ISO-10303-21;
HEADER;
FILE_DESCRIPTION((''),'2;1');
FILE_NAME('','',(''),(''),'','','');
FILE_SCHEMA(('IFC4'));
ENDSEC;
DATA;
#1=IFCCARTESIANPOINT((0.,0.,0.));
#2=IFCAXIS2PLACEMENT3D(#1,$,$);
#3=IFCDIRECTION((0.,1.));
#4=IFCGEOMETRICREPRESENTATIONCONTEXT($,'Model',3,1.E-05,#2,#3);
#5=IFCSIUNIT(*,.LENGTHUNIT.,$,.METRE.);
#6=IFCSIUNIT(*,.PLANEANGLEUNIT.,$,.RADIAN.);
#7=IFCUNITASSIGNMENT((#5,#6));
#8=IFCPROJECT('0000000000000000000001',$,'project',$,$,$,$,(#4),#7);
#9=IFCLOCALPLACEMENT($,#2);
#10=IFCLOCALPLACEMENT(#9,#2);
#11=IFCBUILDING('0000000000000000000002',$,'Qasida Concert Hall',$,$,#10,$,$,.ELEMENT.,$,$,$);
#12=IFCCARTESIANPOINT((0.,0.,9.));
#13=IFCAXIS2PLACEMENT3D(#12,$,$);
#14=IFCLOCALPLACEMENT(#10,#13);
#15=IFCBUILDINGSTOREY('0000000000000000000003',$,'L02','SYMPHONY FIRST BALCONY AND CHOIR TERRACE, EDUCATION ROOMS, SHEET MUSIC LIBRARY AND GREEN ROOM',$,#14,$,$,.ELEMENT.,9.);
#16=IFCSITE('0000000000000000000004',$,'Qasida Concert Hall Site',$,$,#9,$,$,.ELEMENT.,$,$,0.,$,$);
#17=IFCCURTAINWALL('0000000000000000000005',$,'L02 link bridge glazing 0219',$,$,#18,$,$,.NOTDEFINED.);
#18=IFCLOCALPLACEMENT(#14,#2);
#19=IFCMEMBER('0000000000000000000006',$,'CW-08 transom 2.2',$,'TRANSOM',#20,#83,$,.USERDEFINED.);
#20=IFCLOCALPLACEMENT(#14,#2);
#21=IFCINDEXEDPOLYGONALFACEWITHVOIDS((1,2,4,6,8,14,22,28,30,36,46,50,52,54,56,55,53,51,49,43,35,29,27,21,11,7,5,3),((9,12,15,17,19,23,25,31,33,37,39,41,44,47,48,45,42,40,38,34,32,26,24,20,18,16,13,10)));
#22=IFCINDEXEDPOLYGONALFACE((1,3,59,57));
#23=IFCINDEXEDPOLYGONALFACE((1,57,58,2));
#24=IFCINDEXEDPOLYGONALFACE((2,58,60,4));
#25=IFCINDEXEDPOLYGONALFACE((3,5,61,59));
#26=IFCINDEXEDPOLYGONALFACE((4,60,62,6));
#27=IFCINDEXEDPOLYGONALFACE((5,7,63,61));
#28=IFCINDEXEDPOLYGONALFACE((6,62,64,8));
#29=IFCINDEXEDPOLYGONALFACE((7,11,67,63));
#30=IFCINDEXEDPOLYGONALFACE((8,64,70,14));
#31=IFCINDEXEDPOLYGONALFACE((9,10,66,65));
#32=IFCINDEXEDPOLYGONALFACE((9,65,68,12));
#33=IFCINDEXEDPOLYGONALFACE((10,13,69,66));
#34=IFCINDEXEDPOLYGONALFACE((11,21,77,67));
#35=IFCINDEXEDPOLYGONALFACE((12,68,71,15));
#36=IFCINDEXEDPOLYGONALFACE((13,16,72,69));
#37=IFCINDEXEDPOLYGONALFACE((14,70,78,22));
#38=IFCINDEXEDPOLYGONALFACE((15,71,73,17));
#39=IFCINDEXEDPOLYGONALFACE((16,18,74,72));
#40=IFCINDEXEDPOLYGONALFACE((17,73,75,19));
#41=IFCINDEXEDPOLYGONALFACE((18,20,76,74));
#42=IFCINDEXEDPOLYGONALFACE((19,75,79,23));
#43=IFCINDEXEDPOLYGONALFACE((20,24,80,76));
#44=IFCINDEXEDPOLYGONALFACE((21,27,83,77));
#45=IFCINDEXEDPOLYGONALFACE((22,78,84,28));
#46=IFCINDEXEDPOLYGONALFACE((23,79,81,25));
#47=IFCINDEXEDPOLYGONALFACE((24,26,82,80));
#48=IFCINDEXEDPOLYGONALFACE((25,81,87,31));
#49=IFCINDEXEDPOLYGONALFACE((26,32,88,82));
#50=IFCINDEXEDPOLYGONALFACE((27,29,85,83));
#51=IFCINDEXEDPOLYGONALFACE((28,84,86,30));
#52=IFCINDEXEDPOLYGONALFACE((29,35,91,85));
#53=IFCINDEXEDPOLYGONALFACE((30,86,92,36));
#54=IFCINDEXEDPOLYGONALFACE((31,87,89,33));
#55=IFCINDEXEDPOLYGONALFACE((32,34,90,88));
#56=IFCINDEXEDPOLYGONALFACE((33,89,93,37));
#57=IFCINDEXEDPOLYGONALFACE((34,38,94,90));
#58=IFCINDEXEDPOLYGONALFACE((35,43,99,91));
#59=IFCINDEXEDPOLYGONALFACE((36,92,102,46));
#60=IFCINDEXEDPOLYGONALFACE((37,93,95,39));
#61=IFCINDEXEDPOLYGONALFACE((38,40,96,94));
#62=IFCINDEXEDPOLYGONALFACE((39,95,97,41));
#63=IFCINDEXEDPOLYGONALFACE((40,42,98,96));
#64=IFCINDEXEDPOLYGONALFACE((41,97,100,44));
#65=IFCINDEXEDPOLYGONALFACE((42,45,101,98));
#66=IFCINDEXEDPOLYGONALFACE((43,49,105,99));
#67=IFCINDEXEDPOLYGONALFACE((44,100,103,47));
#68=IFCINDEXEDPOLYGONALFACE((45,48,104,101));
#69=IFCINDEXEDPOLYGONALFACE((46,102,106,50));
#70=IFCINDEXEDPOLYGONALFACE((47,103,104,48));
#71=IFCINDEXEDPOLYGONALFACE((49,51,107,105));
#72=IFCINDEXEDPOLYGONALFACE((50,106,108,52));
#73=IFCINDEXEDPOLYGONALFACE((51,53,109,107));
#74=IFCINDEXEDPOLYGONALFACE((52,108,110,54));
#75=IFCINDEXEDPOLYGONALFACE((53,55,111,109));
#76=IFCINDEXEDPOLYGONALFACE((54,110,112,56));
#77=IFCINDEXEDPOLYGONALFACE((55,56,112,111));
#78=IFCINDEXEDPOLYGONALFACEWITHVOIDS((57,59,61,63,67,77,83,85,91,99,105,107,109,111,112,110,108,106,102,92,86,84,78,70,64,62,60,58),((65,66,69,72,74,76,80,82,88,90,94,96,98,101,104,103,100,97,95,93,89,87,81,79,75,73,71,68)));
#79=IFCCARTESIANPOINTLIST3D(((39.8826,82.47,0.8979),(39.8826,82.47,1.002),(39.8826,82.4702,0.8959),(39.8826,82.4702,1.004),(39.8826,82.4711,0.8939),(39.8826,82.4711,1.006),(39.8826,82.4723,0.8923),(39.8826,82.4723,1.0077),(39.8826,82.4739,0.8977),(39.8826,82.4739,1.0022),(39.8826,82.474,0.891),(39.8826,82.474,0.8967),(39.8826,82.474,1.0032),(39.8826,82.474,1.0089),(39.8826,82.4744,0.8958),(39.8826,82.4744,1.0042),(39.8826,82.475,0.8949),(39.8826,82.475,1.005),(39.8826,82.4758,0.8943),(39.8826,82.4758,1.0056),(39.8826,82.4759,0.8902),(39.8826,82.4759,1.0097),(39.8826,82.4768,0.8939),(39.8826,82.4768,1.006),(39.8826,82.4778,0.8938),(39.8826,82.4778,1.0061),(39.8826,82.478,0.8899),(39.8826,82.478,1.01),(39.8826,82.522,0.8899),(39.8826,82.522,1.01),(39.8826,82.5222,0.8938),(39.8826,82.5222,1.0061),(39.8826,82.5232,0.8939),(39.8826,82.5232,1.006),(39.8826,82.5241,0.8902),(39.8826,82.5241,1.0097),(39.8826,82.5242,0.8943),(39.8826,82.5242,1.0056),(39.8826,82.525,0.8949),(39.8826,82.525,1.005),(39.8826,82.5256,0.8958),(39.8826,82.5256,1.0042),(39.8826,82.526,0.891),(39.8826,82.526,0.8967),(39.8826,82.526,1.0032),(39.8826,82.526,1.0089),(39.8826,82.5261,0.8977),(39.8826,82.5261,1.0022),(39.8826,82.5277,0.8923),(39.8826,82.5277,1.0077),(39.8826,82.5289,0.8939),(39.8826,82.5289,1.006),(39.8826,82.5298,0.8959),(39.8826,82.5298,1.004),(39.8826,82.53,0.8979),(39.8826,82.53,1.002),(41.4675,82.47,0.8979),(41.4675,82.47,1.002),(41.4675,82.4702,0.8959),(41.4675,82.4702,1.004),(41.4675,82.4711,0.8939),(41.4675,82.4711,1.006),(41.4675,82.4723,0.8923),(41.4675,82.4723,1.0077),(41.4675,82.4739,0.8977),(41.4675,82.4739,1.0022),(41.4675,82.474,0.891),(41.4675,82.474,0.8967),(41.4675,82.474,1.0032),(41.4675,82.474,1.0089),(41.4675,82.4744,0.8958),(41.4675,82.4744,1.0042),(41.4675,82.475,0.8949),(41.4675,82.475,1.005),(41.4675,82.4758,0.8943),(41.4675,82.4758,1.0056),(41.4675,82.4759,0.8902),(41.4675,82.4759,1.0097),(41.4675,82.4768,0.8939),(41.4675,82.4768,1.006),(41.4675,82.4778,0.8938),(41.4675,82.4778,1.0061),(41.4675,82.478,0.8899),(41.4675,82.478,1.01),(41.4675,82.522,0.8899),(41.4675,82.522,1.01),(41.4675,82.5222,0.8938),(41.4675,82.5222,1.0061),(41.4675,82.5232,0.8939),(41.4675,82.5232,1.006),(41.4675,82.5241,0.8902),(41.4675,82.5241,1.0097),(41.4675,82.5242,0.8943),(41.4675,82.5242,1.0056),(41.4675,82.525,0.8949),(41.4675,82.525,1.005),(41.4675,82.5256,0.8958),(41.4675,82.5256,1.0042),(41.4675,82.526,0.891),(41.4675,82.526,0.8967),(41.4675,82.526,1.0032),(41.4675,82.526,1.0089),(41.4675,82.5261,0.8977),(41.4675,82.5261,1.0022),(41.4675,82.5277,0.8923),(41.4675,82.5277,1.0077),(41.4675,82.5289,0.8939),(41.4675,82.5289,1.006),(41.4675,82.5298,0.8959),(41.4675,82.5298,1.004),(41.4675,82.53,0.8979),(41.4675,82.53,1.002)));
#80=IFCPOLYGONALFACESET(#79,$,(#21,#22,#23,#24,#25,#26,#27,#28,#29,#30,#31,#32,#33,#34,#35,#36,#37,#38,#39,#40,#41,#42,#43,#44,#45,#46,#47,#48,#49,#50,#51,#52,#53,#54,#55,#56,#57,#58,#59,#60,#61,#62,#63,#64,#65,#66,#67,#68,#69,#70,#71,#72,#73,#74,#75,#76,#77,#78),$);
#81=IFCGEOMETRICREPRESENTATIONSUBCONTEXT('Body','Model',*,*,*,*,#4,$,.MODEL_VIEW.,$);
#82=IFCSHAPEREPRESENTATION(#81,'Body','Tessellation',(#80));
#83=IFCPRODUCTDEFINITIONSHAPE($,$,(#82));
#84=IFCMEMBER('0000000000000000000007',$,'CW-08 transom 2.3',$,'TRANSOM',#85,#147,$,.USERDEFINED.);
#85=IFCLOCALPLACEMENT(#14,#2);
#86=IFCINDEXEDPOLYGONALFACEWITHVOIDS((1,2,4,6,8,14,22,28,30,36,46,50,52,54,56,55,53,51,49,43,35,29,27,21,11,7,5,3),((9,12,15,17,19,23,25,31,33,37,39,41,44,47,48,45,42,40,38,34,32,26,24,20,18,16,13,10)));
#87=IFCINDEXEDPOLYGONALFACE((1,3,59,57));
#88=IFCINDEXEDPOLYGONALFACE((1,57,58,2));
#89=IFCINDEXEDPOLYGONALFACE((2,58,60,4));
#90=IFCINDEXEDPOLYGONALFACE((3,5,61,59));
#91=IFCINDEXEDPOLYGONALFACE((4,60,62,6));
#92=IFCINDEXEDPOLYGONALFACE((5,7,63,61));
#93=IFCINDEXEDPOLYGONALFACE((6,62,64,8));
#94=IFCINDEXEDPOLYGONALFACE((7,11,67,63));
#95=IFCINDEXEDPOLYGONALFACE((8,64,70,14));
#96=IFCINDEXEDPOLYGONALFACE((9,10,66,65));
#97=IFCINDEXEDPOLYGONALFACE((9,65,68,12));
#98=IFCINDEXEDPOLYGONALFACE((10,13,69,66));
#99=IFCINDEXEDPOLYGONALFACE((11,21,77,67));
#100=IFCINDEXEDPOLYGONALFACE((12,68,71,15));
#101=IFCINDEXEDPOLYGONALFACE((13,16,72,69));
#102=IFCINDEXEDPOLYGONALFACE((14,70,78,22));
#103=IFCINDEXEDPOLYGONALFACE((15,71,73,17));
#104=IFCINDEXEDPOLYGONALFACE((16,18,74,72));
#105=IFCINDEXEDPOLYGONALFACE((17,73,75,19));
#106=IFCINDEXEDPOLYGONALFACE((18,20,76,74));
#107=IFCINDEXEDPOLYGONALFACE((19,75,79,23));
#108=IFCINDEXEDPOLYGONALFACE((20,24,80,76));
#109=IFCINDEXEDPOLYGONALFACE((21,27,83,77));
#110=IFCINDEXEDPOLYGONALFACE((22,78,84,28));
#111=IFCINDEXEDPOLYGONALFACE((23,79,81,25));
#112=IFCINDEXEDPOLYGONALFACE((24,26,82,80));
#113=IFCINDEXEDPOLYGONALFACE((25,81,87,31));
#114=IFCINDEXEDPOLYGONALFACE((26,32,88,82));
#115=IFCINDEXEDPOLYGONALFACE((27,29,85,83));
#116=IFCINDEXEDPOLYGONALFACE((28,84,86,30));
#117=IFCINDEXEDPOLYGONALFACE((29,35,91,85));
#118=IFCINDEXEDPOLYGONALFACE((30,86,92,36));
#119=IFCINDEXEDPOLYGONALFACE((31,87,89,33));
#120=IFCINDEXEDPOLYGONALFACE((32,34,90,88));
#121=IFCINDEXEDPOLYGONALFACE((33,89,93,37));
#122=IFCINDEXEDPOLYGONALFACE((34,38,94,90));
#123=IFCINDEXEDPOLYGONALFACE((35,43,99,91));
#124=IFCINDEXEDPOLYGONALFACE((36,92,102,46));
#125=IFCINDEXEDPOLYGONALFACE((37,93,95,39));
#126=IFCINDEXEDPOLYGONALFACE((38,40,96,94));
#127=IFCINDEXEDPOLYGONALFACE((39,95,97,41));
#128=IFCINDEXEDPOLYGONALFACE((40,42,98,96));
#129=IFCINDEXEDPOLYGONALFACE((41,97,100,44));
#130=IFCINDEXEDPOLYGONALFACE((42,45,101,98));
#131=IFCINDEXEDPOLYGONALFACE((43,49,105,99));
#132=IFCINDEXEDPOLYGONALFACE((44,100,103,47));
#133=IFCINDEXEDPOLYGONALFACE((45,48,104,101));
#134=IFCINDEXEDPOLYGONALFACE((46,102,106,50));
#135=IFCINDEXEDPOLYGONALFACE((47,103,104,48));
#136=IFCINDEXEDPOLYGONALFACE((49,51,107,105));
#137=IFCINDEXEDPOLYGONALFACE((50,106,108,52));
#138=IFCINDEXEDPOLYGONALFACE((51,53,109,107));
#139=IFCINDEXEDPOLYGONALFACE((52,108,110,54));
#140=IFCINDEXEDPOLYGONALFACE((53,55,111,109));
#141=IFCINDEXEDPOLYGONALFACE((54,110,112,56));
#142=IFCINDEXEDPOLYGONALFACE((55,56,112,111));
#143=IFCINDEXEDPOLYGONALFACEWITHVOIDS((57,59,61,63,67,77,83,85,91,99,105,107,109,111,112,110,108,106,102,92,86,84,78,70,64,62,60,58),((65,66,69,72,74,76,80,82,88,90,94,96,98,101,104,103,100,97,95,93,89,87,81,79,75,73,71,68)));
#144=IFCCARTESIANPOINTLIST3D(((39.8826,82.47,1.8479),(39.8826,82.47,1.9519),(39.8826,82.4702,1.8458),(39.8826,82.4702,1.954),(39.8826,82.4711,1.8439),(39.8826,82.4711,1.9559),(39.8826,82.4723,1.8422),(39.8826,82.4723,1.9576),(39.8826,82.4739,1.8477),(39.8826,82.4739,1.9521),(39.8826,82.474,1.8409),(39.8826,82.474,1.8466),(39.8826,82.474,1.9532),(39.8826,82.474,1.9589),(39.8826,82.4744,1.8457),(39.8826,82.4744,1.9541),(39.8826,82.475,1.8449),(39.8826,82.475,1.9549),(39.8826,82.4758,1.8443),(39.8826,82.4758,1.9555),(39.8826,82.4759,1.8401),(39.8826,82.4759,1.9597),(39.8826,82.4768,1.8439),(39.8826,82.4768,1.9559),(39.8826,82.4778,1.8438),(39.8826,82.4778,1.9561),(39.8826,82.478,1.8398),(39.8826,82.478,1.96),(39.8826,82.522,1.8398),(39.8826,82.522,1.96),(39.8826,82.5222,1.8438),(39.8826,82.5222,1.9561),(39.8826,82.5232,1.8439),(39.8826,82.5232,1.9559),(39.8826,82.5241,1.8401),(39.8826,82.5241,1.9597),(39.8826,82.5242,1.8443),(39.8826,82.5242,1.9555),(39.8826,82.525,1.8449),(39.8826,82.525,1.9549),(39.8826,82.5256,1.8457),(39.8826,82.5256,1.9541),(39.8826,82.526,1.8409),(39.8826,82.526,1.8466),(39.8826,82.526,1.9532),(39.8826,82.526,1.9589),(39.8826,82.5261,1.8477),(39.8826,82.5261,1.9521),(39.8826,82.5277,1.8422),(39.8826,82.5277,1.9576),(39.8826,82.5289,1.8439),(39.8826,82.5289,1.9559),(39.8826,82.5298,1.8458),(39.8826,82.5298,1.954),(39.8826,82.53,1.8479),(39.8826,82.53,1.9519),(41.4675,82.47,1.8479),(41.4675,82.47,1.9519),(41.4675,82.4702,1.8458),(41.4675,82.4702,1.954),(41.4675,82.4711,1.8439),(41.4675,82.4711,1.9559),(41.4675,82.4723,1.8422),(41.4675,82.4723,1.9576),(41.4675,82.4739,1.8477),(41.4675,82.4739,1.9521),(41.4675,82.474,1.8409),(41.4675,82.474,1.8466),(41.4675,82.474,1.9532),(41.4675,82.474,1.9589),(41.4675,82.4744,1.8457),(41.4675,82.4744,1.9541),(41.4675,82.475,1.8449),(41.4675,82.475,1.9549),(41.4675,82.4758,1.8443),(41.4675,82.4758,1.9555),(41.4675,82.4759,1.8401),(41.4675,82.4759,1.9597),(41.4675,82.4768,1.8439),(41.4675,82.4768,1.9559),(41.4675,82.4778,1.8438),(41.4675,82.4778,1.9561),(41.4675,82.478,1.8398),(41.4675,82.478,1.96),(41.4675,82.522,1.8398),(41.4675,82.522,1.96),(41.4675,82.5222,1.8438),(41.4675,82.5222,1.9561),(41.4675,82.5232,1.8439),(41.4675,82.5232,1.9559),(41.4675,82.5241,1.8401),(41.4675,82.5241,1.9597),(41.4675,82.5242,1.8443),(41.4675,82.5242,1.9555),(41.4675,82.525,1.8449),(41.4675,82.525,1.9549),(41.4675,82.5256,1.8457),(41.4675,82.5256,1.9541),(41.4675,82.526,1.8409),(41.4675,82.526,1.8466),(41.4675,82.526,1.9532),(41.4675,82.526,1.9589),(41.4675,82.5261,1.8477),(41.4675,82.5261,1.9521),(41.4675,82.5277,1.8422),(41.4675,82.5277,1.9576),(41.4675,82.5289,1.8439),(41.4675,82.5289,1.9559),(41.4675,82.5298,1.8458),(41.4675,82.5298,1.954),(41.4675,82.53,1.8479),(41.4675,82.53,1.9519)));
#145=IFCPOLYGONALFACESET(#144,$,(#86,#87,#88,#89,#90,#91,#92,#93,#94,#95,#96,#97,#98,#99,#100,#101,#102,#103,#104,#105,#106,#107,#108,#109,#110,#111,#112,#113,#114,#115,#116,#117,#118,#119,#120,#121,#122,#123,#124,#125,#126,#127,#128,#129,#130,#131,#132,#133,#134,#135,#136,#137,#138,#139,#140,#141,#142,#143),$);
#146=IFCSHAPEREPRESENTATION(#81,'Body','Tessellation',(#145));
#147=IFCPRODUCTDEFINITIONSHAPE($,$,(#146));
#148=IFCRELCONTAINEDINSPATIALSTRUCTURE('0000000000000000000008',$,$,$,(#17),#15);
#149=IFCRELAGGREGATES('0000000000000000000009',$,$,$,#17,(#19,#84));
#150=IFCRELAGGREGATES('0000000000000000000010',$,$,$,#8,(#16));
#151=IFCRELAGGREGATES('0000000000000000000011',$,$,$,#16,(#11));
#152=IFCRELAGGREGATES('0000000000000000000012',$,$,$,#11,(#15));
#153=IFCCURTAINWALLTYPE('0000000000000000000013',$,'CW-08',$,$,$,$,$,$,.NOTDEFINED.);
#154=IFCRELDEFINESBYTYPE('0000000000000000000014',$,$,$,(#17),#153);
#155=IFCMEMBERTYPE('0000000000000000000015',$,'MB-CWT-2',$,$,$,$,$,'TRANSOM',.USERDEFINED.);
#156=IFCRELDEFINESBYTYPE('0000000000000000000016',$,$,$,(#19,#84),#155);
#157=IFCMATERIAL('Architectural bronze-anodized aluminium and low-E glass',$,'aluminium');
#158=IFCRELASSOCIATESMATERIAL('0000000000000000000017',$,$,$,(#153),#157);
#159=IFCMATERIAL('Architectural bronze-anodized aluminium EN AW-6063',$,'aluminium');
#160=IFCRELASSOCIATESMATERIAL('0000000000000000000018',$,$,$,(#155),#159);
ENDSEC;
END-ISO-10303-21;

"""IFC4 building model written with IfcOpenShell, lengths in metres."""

from ifc_helpers import new_model, si_unit, direction, frame, origin, origin_2d, place, context, subcontext, project, spatial, hollow_rectangle, extrude, material, material_profile, profile_set, type_object, element, aggregate, save


model = new_model("IFC4")

# Units and contexts
model_context = context("Model", 3, precision=1e-05, world=origin(), true_north=direction((0.0, 1.0)))
body_context = subcontext(model_context, "Body", "Model", "MODEL_VIEW")
ifc_project = project(units=[si_unit("LENGTHUNIT", "METRE"), si_unit("PLANEANGLEUNIT", "RADIAN")], contexts=[model_context])

# Site, building, storey
site_placement = place(None, origin())
site = spatial("IfcSite", under=ifc_project, at=site_placement, Name="Qasida Concert Hall Site", CompositionType="ELEMENT", RefElevation=0.0)
building_placement = place(site_placement, origin())
building = spatial("IfcBuilding", under=site, at=building_placement, Name="Qasida Concert Hall", CompositionType="ELEMENT")
storey_placement = place(building_placement, frame((0.0, 0.0, 9.0)))
storey = spatial("IfcBuildingStorey", under=building, at=storey_placement, Name="L02", Description="SYMPHONY FIRST BALCONY AND CHOIR TERRACE, EDUCATION ROOMS, SHEET MUSIC LIBRARY AND GREEN ROOM", CompositionType="ELEMENT", Elevation=9.0)

# Curtain wall, members
ifc_material_1 = material(Name="Architectural bronze-anodized aluminium and low-E glass", Category="aluminium")
curtain_wall_type = type_object("IfcCurtainWallType", Name="CW-08", PredefinedType="NOTDEFINED", material=ifc_material_1)
curtain_wall_placement = place(storey_placement, origin())
curtain_wall = element("IfcCurtainWall", 1, at=curtain_wall_placement, inside=storey, type_object=curtain_wall_type, Name="L02 link bridge glazing 0219", PredefinedType="NOTDEFINED")
ifc_material_2 = material(Name="Architectural bronze-anodized aluminium EN AW-6063", Category="aluminium")
ifc_material_profile_1 = material_profile(ifc_material_2, hollow_rectangle(XDim=0.0601, YDim=0.1201, WallThickness=0.0039, InnerFilletRadius=0.0039, OuterFilletRadius=0.0081, at=origin_2d()), Name="CWT 120x60x4")
ifc_profile_set_1 = profile_set([ifc_material_profile_1], Name="Architectural bronze-anodized aluminium EN AW-6063")
member_type_1 = type_object("IfcMemberType", Name="MB-CWT-2", ElementType="TRANSOM", PredefinedType="USERDEFINED", material=ifc_profile_set_1)
member_1_placement = place(storey_placement, frame((39.8826, 82.5, 0.95), z_axis=(1.0, 0.0, 0.0), x_axis=(0.0, 1.0, 0.0)))
member_1 = element("IfcMember", 2, at=member_1_placement, type_object=member_type_1, Name="CW-08 transom 2.2", ObjectType="TRANSOM", PredefinedType="USERDEFINED", context=body_context, shape_type="SweptSolid", body=[
    extrude(hollow_rectangle(XDim=0.0601, YDim=0.1201, WallThickness=0.0039, InnerFilletRadius=0.0039, OuterFilletRadius=0.0081, at=origin_2d()), origin(), (0.0, 0.0, 1.0), 1.585),
])
member_2_placement = place(storey_placement, frame((39.8826, 82.5, 1.8999), z_axis=(1.0, 0.0, 0.0), x_axis=(0.0, 1.0, 0.0)))
member_2 = element("IfcMember", 3, at=member_2_placement, type_object=member_type_1, Name="CW-08 transom 2.3", ObjectType="TRANSOM", PredefinedType="USERDEFINED", context=body_context, shape_type="SweptSolid", body=[
    extrude(hollow_rectangle(XDim=0.0601, YDim=0.1201, WallThickness=0.0039, InnerFilletRadius=0.0039, OuterFilletRadius=0.0081, at=origin_2d()), origin(), (0.0, 0.0, 1.0), 1.585),
])
aggregate(curtain_wall, [member_1, member_2])

save(model, "model.ifc")
